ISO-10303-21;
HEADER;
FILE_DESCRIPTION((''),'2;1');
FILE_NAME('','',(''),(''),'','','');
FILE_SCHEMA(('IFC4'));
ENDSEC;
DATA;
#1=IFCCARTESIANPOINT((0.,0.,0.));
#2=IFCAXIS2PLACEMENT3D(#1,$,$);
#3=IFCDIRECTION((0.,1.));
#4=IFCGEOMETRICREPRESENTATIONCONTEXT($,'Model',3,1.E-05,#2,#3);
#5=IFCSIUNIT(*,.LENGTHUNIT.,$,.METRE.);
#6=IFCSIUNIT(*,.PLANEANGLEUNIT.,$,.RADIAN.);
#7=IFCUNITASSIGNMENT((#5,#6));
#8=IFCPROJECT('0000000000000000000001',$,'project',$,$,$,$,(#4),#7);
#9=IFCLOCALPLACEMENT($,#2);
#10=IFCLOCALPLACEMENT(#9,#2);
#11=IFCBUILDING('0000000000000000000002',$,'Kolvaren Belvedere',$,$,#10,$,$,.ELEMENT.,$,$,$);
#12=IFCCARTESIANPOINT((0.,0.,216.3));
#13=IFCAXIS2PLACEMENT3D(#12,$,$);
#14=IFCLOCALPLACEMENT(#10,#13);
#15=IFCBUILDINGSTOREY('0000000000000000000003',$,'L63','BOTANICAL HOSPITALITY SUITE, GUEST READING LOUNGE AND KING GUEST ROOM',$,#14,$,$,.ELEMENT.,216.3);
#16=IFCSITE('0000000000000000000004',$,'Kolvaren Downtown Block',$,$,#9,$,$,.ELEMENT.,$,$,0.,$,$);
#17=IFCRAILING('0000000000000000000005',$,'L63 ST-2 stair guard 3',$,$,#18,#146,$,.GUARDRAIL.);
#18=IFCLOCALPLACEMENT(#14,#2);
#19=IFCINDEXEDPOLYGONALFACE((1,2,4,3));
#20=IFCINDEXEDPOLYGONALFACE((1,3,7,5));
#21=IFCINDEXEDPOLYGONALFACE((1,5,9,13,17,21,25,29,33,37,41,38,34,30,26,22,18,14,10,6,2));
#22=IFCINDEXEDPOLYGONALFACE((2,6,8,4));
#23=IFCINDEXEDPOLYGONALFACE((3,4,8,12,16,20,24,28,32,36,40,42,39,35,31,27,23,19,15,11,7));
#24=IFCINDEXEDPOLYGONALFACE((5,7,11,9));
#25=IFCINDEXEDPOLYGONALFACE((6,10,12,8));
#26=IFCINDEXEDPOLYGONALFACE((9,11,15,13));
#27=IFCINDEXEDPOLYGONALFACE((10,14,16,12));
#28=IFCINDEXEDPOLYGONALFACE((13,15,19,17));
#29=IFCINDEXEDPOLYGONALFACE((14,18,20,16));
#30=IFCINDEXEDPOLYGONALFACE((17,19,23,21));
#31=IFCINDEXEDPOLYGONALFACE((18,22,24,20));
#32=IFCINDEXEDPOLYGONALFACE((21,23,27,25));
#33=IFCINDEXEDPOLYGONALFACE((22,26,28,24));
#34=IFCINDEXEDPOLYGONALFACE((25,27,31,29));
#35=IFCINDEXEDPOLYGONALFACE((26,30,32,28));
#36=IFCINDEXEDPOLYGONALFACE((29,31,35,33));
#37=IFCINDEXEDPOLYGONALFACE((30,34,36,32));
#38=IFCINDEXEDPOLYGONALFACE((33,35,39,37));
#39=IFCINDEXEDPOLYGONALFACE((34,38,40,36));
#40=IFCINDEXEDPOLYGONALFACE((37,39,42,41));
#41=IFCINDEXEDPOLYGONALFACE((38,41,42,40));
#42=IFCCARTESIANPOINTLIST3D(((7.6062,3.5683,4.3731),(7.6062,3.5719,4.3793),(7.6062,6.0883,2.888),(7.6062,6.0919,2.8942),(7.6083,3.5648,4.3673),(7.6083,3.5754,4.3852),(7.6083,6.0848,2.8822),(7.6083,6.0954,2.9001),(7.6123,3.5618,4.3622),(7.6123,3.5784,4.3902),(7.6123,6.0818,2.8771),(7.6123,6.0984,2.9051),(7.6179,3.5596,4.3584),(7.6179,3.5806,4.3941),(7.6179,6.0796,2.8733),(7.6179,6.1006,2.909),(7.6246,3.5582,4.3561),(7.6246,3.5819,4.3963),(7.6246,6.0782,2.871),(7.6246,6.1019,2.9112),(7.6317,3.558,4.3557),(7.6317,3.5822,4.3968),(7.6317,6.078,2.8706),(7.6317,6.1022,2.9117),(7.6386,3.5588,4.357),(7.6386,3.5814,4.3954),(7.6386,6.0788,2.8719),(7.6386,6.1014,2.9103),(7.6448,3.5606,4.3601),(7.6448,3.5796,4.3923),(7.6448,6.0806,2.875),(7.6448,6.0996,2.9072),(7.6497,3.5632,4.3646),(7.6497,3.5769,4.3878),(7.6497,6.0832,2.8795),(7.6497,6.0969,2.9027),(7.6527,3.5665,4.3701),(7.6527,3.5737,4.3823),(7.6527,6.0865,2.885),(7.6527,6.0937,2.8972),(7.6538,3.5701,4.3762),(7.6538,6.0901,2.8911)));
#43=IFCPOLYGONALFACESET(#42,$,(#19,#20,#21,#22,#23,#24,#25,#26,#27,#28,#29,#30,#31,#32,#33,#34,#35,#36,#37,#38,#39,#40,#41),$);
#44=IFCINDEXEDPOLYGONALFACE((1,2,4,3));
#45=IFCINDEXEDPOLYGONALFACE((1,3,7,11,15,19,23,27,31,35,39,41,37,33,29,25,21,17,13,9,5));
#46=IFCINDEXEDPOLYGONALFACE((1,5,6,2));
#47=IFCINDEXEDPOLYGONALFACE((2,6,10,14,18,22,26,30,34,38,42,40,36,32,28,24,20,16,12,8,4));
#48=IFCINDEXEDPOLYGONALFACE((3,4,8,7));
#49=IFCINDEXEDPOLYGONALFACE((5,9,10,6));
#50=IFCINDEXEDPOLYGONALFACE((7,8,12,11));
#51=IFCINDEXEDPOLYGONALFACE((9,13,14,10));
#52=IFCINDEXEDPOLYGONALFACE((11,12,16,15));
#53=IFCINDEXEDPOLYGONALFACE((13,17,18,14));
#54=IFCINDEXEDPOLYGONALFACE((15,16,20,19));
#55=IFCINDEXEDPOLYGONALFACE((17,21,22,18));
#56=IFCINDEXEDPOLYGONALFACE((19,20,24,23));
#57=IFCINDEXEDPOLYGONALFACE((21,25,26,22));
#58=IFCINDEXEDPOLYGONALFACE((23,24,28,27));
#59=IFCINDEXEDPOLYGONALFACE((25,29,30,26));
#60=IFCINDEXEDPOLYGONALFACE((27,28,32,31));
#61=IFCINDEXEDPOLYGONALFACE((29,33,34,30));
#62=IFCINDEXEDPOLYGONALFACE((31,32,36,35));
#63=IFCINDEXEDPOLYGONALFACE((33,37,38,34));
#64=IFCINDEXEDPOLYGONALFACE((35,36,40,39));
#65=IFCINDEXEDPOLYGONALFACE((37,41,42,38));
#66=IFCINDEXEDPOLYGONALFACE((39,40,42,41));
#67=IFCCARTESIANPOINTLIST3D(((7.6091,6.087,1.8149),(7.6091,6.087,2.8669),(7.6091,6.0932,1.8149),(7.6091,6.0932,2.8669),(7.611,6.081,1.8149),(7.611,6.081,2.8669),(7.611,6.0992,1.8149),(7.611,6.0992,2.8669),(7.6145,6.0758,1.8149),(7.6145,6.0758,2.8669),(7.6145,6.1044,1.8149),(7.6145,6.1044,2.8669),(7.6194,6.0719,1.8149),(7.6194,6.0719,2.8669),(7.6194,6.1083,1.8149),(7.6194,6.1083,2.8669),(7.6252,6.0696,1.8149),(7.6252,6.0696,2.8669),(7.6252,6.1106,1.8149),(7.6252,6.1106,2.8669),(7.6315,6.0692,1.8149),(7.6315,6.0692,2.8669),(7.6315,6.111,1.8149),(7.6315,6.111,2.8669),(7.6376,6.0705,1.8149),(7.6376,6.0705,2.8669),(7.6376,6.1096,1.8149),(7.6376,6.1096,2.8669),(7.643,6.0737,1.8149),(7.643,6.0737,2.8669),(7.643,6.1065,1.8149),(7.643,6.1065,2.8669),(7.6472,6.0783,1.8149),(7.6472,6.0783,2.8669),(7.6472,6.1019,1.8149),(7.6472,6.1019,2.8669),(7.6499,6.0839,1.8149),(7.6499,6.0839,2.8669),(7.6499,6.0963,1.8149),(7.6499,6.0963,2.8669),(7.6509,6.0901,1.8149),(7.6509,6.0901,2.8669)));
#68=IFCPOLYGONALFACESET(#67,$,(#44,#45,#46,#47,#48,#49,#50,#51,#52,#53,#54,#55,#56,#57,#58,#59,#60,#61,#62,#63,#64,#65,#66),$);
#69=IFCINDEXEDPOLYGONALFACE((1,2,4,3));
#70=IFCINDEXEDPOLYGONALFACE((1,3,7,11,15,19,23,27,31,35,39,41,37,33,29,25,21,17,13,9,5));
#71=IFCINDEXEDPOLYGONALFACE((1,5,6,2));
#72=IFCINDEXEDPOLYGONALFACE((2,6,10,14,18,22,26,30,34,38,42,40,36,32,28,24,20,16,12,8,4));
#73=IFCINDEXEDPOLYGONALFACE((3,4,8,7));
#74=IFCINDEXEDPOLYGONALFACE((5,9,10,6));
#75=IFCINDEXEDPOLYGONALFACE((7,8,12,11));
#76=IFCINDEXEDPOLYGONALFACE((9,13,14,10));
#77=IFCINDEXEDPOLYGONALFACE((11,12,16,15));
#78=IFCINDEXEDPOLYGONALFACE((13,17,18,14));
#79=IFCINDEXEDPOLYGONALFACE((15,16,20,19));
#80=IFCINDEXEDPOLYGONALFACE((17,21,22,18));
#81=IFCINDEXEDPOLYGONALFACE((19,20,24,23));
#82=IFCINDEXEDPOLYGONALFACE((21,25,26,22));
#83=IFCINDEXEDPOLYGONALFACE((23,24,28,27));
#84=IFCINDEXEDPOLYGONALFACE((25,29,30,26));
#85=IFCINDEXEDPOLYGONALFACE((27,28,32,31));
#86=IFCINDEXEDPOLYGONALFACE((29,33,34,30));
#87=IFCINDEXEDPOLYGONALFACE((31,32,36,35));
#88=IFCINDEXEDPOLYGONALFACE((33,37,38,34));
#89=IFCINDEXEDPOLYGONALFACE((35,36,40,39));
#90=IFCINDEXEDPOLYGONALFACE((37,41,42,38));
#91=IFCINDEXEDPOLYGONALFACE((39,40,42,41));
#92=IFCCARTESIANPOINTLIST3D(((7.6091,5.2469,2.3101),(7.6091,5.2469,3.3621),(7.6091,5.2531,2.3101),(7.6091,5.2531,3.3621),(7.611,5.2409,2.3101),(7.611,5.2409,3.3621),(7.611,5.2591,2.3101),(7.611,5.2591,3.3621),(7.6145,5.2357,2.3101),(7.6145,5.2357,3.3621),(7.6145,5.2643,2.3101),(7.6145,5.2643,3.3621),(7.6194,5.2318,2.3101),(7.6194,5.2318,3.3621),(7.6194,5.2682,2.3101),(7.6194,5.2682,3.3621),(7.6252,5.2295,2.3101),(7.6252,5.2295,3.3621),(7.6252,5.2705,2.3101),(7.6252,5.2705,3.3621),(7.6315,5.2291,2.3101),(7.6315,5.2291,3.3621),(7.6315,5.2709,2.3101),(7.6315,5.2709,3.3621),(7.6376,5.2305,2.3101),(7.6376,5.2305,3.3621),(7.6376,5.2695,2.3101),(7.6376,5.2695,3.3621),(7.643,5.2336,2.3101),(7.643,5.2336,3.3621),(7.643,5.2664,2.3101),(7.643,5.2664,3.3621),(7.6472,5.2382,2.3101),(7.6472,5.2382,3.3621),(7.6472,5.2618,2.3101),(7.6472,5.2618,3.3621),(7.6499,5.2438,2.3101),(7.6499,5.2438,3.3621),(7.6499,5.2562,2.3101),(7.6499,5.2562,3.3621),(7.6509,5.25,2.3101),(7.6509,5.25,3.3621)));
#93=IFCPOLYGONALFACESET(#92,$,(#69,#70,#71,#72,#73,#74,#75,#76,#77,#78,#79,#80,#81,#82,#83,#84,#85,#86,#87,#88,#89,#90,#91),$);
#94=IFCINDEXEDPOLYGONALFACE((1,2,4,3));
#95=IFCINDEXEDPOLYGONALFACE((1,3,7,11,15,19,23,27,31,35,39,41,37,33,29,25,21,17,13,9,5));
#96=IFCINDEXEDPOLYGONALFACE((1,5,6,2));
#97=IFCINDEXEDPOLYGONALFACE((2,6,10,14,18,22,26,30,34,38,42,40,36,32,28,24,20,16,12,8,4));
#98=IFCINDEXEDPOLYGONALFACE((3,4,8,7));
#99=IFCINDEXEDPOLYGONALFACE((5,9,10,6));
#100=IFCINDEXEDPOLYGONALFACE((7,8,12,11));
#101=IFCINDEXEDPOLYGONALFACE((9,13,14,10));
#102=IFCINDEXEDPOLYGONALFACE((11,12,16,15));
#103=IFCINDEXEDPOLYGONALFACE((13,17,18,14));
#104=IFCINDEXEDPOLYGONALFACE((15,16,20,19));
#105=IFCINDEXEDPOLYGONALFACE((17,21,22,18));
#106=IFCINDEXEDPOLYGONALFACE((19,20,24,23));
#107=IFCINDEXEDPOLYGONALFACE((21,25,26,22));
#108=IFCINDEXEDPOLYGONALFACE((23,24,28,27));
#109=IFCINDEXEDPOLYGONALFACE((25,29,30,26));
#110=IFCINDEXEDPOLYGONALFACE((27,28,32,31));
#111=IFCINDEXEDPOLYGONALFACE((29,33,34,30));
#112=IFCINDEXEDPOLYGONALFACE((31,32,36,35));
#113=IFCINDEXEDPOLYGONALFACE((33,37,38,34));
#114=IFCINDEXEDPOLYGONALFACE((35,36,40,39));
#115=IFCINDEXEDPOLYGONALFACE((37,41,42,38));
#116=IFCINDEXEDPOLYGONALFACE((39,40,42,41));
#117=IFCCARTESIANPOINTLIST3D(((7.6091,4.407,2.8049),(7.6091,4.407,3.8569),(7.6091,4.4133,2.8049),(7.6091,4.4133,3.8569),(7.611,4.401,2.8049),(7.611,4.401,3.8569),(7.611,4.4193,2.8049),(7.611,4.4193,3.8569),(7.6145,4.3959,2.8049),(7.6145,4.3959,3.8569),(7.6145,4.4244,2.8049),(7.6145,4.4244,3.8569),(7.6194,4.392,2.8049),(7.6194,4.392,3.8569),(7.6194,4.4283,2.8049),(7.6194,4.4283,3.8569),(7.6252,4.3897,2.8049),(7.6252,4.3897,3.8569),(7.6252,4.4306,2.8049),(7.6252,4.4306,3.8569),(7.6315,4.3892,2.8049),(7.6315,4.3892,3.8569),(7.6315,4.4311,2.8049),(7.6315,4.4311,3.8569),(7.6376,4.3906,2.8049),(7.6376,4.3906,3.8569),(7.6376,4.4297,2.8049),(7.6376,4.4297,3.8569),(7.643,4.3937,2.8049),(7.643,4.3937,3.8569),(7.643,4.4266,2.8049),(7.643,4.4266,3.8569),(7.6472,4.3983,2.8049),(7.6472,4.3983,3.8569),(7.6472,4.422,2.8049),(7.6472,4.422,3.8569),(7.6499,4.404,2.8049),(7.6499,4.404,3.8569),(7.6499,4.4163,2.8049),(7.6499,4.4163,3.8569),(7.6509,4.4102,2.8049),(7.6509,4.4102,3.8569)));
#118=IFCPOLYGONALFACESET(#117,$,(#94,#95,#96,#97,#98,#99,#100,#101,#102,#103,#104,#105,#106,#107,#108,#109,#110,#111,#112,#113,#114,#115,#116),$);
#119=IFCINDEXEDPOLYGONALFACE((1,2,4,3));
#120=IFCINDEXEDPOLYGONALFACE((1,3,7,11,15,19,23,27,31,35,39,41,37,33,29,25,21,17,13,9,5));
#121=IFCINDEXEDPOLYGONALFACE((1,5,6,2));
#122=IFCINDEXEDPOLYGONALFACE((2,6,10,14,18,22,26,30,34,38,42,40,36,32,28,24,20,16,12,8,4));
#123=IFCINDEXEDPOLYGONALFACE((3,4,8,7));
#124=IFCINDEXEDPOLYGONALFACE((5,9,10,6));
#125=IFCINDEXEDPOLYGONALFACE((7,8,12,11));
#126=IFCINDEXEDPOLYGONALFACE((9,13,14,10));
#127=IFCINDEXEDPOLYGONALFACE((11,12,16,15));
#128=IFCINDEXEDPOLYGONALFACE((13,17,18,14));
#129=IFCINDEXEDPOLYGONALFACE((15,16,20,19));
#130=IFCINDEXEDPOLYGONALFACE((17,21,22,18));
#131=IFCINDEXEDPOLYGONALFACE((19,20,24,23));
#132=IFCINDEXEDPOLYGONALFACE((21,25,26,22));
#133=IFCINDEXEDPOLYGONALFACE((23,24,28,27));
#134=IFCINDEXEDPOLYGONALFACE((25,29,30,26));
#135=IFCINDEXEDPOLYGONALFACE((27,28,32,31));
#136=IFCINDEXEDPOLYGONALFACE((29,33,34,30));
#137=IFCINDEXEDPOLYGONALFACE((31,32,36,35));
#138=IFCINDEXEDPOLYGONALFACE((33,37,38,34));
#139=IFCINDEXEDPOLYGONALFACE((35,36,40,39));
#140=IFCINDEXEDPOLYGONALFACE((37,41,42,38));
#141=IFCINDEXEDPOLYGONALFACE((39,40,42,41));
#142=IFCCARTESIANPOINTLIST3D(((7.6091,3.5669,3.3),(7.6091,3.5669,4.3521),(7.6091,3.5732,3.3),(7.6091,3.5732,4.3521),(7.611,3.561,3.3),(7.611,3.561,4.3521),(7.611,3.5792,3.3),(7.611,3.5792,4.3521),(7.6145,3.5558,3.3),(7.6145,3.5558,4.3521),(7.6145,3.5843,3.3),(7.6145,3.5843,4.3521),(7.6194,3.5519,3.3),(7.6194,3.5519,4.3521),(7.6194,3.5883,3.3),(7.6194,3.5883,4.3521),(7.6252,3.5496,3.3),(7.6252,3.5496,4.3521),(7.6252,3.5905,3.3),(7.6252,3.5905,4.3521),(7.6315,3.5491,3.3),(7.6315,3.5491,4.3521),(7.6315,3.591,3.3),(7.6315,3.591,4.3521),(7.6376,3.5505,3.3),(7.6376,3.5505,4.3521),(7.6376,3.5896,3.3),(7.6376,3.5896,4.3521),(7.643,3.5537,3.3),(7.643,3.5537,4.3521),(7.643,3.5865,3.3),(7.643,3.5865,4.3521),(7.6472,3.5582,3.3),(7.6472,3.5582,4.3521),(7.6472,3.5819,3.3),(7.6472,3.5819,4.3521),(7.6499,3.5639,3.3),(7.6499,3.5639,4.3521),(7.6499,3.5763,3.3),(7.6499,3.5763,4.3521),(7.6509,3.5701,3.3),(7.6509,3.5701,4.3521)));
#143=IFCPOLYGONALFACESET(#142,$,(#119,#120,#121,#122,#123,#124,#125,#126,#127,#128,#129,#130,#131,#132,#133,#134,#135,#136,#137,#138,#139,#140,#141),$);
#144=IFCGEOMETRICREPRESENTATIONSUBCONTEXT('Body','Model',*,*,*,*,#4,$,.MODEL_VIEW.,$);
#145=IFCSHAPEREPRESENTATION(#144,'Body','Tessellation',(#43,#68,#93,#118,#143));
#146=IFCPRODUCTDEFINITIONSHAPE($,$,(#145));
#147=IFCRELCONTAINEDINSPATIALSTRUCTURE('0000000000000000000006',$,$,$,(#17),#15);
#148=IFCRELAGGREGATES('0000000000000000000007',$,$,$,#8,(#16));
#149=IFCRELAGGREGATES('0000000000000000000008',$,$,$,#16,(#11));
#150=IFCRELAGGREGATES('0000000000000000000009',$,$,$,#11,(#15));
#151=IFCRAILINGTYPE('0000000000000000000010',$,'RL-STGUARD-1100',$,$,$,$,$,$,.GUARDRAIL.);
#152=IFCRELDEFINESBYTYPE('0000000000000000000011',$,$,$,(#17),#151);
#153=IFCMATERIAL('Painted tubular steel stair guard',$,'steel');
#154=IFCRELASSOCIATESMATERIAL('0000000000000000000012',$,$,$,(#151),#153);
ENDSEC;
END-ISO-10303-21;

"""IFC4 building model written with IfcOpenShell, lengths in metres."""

from ifc_helpers import new_model, si_unit, direction, frame, origin, origin_2d, place, context, subcontext, project, spatial, circle, extrude, material, type_object, element, save


model = new_model("IFC4")

# Units and contexts
model_context = context("Model", 3, precision=1e-05, world=origin(), true_north=direction((0.0, 1.0)))
body_context = subcontext(model_context, "Body", "Model", "MODEL_VIEW")
ifc_project = project(units=[si_unit("LENGTHUNIT", "METRE"), si_unit("PLANEANGLEUNIT", "RADIAN")], contexts=[model_context])

# Site, building, storey
site_placement = place(None, origin())
site = spatial("IfcSite", under=ifc_project, at=site_placement, Name="Kolvaren Downtown Block", CompositionType="ELEMENT", RefElevation=0.0)
building_placement = place(site_placement, origin())
building = spatial("IfcBuilding", under=site, at=building_placement, Name="Kolvaren Belvedere", CompositionType="ELEMENT")
storey_placement = place(building_placement, frame((0.0, 0.0, 216.3)))
storey = spatial("IfcBuildingStorey", under=building, at=storey_placement, Name="L63", Description="BOTANICAL HOSPITALITY SUITE, GUEST READING LOUNGE AND KING GUEST ROOM", CompositionType="ELEMENT", Elevation=216.3)

# Railing
ifc_material_1 = material(Name="Painted tubular steel stair guard", Category="steel")
railing_type_1 = type_object("IfcRailingType", Name="RL-STGUARD-1100", PredefinedType="GUARDRAIL", material=ifc_material_1)
railing_1_placement = place(storey_placement, frame((7.6299, 6.0901, 1.8149)))
element("IfcRailing", 1, at=railing_1_placement, inside=storey, type_object=railing_type_1, Name="L63 ST-2 stair guard 3", PredefinedType="GUARDRAIL", context=body_context, shape_type="SweptSolid", body=[
    extrude(circle(Radius=0.0239, at=origin_2d()), frame((0.0, 0.0, 1.0762), z_axis=(0.0, -0.861524, 0.507717), x_axis=(1.0, 0.0, 0.0)), (0.0, 0.0, 1.0), 2.925),
    extrude(circle(Radius=0.021, at=origin_2d()), origin(), (0.0, 0.0, 1.0), 1.052),
    extrude(circle(Radius=0.021, at=origin_2d()), frame((0.0, -0.8401, 0.4951)), (0.0, 0.0, 1.0), 1.052),
    extrude(circle(Radius=0.021, at=origin_2d()), frame((0.0, -1.6799, 0.99)), (0.0, 0.0, 1.0), 1.052),
    extrude(circle(Radius=0.021, at=origin_2d()), frame((0.0, -2.52, 1.4851)), (0.0, 0.0, 1.0), 1.052),
])

save(model, "model.ifc")
